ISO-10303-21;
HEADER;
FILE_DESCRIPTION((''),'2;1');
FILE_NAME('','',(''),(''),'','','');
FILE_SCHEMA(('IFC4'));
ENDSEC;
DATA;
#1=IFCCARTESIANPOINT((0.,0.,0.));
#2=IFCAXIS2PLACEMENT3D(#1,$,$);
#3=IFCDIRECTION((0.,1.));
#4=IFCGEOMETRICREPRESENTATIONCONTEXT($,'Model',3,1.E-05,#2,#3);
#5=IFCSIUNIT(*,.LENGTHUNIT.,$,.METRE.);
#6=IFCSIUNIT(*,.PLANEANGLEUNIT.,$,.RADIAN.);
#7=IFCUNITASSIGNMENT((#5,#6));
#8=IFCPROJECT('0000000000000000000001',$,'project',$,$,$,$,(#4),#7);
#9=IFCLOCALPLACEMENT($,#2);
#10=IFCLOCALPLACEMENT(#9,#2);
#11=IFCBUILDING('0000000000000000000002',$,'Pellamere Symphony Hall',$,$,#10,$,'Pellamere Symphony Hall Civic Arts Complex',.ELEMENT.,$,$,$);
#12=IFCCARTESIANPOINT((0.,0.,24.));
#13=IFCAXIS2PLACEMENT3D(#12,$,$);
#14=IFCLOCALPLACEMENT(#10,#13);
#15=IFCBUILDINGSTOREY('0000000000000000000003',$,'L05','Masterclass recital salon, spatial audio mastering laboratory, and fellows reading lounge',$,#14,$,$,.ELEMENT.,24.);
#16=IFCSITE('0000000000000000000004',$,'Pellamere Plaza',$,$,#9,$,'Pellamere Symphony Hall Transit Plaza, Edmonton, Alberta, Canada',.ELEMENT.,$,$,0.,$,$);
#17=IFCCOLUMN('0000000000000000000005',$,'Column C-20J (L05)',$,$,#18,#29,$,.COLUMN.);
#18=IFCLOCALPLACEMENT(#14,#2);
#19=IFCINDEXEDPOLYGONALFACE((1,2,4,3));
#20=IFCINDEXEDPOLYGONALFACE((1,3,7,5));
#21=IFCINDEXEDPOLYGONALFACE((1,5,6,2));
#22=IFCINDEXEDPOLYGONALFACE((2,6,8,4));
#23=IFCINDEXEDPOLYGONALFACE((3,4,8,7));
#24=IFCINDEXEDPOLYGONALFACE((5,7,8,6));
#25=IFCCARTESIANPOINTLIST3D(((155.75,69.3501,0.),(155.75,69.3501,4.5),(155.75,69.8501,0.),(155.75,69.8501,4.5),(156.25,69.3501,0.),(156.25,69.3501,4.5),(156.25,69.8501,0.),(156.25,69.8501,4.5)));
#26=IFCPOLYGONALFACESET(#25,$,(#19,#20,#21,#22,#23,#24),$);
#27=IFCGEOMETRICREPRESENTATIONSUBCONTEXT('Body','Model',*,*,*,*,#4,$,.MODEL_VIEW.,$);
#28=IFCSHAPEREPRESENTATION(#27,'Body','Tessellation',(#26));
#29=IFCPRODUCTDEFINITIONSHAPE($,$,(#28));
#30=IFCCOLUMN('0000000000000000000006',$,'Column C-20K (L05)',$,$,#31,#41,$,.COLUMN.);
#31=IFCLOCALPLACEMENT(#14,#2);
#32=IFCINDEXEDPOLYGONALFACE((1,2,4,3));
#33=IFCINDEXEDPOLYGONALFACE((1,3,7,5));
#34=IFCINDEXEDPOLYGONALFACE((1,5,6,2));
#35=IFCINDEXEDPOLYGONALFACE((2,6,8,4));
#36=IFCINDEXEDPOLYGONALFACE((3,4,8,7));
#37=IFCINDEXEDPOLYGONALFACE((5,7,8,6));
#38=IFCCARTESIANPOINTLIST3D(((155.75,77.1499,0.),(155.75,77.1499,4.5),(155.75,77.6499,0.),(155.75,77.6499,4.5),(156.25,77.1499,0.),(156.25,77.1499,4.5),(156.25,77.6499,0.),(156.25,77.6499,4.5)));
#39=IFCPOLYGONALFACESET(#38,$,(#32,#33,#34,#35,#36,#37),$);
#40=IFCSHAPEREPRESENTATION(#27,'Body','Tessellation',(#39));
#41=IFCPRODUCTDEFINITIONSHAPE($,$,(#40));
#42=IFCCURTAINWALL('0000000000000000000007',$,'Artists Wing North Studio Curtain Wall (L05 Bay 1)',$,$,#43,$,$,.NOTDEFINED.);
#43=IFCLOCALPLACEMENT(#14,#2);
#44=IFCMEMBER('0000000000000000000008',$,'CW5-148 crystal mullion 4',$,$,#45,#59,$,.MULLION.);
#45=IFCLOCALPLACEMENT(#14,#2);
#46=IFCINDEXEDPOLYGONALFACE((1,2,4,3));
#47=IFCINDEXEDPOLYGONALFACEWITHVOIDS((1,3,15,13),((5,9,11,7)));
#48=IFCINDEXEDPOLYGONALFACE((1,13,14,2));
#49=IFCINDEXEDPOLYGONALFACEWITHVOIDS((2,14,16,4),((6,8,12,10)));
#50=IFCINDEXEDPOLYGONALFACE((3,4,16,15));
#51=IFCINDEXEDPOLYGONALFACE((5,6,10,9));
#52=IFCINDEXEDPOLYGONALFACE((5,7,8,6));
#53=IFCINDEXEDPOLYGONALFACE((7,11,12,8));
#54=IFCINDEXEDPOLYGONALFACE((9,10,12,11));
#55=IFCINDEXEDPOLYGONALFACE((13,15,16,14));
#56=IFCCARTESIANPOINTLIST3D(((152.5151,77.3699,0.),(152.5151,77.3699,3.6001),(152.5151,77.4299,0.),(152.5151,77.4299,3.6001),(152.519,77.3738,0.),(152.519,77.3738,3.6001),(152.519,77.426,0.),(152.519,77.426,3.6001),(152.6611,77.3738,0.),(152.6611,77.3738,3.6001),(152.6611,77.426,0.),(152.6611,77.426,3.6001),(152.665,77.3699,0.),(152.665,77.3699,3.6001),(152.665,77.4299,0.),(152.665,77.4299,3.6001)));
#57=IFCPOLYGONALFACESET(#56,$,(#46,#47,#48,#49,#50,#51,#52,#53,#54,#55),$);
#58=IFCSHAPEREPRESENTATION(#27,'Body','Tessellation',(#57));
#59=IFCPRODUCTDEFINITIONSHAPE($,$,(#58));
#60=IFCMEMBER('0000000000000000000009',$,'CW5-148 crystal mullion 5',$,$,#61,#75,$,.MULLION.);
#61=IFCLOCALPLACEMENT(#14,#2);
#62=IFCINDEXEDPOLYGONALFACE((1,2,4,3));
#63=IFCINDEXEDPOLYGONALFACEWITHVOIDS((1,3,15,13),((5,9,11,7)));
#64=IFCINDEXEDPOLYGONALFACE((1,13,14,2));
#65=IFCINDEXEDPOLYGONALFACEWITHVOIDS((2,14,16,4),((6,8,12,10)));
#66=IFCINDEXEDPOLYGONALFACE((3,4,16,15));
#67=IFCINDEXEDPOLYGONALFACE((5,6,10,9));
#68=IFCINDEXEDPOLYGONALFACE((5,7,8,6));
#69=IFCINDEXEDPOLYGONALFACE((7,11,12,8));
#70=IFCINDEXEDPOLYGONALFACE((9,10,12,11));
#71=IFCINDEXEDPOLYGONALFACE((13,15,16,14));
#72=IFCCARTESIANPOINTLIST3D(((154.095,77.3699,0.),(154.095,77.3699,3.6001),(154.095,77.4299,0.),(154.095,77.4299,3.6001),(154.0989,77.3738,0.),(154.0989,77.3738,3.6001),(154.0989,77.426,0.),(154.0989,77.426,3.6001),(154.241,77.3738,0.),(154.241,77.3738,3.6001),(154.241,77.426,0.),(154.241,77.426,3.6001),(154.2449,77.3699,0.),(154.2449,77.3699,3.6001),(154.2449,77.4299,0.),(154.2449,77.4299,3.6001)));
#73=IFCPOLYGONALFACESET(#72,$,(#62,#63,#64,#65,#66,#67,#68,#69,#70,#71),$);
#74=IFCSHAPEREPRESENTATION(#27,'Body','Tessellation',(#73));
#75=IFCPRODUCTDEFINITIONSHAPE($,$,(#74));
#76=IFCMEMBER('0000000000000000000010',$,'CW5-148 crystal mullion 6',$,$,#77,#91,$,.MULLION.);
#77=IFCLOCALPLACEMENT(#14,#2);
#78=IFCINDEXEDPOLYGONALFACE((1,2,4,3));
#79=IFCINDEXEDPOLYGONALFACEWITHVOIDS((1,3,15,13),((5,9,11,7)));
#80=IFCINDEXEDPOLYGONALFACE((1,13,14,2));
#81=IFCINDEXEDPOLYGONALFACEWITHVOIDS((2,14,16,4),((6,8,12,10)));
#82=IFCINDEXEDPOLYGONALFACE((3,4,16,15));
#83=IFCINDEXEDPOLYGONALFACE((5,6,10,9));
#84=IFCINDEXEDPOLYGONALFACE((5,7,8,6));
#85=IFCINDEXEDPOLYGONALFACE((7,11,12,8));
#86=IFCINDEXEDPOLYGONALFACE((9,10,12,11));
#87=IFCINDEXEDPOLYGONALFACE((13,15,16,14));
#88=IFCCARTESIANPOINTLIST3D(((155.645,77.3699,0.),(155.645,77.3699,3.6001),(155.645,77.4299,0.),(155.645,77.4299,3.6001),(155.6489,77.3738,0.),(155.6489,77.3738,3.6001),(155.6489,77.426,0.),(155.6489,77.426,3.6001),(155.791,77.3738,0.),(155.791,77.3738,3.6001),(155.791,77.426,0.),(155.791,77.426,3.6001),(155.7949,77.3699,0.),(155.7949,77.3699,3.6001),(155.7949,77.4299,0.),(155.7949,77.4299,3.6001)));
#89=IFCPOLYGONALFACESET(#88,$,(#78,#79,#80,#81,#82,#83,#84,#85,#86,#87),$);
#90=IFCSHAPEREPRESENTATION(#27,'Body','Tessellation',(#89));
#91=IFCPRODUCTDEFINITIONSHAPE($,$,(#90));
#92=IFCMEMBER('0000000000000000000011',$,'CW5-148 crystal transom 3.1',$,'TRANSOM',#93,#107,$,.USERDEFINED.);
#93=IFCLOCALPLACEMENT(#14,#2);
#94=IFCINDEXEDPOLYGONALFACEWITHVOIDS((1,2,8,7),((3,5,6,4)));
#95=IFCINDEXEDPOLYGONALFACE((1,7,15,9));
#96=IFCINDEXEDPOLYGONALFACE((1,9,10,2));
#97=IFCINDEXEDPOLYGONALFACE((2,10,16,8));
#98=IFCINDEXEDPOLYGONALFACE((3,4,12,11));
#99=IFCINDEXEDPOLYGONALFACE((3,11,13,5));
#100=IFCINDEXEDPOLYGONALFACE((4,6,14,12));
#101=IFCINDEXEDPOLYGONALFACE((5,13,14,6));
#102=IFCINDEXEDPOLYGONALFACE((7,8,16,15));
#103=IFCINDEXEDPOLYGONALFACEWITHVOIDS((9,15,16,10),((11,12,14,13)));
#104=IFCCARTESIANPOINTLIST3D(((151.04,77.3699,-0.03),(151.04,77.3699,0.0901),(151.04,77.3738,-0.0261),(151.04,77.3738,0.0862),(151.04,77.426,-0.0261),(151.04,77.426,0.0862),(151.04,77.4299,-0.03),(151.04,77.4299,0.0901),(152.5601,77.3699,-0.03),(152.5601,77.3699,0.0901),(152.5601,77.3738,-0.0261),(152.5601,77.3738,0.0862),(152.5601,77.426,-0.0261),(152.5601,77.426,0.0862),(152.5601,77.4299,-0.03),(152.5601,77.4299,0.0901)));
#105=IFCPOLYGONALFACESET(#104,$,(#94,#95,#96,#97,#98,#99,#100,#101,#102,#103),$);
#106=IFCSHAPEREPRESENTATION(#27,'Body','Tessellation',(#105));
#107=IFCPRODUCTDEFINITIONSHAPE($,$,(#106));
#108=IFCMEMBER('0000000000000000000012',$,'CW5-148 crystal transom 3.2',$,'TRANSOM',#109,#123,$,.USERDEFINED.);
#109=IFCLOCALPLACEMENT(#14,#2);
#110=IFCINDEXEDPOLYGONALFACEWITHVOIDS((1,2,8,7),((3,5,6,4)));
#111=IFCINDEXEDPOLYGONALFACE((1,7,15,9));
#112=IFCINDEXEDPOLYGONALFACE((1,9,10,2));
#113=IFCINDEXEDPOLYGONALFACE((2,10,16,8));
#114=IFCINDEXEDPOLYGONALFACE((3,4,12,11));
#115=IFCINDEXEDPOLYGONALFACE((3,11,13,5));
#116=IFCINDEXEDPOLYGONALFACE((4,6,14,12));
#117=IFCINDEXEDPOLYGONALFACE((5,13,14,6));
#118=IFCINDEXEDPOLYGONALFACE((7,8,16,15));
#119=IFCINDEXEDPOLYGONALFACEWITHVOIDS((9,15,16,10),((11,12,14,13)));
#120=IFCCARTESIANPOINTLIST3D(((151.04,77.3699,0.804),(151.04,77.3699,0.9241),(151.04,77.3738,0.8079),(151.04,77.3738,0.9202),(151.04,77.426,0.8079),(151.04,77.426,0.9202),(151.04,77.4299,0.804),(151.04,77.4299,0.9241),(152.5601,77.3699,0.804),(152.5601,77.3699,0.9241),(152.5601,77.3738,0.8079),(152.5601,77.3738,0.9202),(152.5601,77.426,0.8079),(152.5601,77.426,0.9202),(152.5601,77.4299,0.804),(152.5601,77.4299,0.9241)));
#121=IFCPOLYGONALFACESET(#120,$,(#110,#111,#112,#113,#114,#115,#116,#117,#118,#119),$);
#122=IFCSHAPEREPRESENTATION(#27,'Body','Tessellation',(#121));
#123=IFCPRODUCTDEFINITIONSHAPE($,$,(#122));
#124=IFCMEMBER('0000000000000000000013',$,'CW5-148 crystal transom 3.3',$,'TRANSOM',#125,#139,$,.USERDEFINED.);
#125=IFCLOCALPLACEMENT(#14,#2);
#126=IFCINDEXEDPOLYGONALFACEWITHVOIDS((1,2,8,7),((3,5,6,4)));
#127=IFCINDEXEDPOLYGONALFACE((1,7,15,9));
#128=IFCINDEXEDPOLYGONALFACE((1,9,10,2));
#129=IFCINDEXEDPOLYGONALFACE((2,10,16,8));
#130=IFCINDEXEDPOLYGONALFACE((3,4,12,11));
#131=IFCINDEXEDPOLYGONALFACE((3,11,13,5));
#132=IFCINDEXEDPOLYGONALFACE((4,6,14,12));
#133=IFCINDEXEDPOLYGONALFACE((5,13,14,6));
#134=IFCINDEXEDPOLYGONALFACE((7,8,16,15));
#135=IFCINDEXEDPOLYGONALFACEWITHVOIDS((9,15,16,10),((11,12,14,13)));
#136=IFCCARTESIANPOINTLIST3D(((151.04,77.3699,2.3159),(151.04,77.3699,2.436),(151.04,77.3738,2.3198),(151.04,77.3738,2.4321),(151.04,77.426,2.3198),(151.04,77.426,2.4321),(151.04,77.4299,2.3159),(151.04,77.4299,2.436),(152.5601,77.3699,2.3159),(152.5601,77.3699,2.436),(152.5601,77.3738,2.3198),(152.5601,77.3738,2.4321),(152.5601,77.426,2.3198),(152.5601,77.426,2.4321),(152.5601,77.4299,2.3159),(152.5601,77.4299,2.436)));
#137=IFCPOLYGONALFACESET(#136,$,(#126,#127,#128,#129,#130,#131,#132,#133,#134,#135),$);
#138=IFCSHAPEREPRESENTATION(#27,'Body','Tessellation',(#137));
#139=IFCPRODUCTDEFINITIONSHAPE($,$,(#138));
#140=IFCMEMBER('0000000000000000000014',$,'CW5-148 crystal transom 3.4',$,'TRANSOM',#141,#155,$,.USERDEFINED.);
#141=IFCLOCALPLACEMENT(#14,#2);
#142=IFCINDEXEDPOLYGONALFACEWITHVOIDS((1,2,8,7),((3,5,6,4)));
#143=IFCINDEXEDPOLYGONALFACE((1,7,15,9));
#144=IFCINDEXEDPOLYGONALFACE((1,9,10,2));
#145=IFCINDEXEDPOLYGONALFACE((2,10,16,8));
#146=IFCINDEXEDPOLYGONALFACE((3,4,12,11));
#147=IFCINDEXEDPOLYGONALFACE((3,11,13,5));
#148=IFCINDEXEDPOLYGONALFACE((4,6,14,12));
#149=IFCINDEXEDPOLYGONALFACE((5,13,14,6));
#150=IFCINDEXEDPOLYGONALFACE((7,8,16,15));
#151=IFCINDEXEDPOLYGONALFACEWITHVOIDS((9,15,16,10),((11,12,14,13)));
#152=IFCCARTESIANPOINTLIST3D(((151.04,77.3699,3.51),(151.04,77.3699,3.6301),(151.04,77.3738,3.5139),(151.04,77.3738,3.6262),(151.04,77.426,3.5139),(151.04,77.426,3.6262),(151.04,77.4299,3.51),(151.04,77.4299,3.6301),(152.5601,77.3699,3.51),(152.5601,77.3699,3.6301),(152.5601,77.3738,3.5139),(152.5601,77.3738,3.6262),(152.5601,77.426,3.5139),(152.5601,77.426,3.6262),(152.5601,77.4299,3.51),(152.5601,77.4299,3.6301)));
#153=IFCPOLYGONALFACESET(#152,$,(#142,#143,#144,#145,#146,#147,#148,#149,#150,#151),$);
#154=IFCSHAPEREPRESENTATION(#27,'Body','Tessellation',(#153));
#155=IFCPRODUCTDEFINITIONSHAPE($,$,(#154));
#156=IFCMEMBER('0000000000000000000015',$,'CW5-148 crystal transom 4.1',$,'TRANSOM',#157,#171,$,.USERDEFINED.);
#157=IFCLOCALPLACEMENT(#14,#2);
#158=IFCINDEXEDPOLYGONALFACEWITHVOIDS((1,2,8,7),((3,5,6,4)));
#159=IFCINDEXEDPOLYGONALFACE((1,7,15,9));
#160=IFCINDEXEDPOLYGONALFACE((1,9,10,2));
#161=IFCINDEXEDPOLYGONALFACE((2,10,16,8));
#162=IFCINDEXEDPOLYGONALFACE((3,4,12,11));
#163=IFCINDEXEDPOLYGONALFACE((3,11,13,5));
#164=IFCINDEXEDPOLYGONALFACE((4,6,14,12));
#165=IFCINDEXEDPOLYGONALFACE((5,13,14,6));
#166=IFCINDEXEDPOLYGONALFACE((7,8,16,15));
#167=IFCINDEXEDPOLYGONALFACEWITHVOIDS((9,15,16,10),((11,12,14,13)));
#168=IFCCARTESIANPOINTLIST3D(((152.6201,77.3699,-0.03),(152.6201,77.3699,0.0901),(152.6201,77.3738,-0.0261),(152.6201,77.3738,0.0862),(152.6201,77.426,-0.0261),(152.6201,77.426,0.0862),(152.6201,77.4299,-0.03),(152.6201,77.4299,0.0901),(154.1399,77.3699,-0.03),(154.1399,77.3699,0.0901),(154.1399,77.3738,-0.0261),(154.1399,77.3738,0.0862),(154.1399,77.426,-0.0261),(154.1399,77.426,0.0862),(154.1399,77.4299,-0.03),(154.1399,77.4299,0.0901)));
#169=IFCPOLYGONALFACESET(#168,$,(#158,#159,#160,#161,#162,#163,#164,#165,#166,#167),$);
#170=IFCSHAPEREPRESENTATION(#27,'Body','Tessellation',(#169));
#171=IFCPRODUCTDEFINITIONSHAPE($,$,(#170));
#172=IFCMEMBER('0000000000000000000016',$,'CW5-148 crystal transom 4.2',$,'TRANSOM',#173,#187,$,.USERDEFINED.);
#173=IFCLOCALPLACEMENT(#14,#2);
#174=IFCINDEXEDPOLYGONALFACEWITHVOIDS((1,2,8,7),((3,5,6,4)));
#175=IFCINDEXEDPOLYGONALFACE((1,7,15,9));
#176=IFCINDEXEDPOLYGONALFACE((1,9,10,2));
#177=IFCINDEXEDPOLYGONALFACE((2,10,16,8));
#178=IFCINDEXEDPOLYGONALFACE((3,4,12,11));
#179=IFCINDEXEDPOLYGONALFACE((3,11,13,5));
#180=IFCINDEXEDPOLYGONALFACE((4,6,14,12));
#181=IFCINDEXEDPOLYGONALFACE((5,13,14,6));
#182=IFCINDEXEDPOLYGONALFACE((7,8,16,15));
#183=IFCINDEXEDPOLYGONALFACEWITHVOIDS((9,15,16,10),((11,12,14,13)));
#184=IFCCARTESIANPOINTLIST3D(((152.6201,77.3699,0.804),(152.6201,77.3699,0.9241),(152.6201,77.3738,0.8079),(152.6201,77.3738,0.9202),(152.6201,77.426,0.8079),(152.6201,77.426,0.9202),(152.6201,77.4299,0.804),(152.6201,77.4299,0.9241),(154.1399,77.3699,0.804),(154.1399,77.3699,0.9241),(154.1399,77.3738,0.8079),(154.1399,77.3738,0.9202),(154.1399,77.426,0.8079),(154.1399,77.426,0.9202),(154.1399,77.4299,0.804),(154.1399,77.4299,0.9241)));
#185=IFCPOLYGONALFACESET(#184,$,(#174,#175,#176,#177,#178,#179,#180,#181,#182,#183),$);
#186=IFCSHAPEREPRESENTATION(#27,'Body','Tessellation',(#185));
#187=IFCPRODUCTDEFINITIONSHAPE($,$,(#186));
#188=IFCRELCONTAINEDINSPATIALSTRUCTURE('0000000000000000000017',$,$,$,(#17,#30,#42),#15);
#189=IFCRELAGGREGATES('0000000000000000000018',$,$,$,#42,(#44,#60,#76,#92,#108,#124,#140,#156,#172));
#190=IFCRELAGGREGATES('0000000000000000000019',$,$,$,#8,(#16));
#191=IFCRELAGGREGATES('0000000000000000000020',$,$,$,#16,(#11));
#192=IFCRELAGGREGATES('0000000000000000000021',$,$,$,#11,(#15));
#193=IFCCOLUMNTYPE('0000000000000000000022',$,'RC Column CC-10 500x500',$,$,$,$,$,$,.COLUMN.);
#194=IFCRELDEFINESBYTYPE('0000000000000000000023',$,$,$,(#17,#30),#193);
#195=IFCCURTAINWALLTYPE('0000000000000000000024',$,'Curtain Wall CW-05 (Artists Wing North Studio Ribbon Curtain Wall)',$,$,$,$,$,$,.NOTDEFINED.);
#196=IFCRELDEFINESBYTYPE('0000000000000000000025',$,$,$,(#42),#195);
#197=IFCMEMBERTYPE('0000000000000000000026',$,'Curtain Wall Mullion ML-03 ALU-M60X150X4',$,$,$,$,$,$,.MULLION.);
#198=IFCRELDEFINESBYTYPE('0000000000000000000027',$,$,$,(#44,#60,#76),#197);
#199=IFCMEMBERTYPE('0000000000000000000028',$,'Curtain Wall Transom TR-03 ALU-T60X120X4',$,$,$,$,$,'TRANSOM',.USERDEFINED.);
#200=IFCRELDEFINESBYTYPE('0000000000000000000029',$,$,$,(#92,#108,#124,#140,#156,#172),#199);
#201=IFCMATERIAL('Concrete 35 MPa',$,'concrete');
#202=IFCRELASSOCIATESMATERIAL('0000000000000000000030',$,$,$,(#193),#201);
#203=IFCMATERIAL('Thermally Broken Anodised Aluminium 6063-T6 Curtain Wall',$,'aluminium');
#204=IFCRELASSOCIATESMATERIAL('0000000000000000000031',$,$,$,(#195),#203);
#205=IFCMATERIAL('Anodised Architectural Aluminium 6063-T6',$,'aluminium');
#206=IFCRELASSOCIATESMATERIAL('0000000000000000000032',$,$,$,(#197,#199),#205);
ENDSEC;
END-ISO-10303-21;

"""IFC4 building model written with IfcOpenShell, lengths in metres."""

from ifc_helpers import new_model, si_unit, direction, frame, origin, origin_2d, place, context, subcontext, project, spatial, rectangle, hollow_rectangle, extrude, material, material_profile, profile_set, type_object, element, aggregate, save


model = new_model("IFC4")

# Units and contexts
model_context = context("Model", 3, precision=1e-05, world=origin(), true_north=direction((0.0, 1.0)))
body_context = subcontext(model_context, "Body", "Model", "MODEL_VIEW")
ifc_project = project(units=[si_unit("LENGTHUNIT", "METRE"), si_unit("PLANEANGLEUNIT", "RADIAN")], contexts=[model_context])

# Site, building, storey
site_placement = place(None, origin())
site = spatial("IfcSite", under=ifc_project, at=site_placement, Name="Pellamere Plaza", LongName="Pellamere Symphony Hall Transit Plaza, Edmonton, Alberta, Canada", CompositionType="ELEMENT", RefElevation=0.0)
building_placement = place(site_placement, origin())
building = spatial("IfcBuilding", under=site, at=building_placement, Name="Pellamere Symphony Hall", LongName="Pellamere Symphony Hall Civic Arts Complex", CompositionType="ELEMENT")
storey_placement = place(building_placement, frame((0.0, 0.0, 24.0)))
storey = spatial("IfcBuildingStorey", under=building, at=storey_placement, Name="L05", Description="Masterclass recital salon, spatial audio mastering laboratory, and fellows reading lounge", CompositionType="ELEMENT", Elevation=24.0)

# Columns
ifc_material_1 = material(Name="Concrete 35 MPa", Category="concrete")
ifc_material_profile_1 = material_profile(ifc_material_1, rectangle(XDim=0.5, YDim=0.5, at=origin_2d()), Name="RC 500x500")
ifc_profile_set_1 = profile_set([ifc_material_profile_1], Name="Concrete 35 MPa")
column_type = type_object("IfcColumnType", Name="RC Column CC-10 500x500", PredefinedType="COLUMN", material=ifc_profile_set_1)
for number, where, z_axis, x_axis, name in (
    (1, (156.0, 69.6001, 0.0), (0.0, 0.0, 1.0), (1.0, 0.0, 0.0), "Column C-20J (L05)"),
    (2, (156.0, 77.3999, 0.0), (0.0, 0.0, 1.0), (1.0, 0.0, 0.0), "Column C-20K (L05)"),
):
    element("IfcColumn", number, at=place(storey_placement, frame(where, z_axis=z_axis, x_axis=x_axis)), inside=storey, type_object=column_type, Name=name, PredefinedType="COLUMN", context=body_context, shape_type="SweptSolid", body=[
        extrude(rectangle(XDim=0.5, YDim=0.5, at=origin_2d()), origin(), (0.0, 0.0, 1.0), 4.5),
    ])

# Curtain wall, members
ifc_material_2 = material(Name="Thermally Broken Anodised Aluminium 6063-T6 Curtain Wall", Category="aluminium")
curtain_wall_type = type_object("IfcCurtainWallType", Name="Curtain Wall CW-05 (Artists Wing North Studio Ribbon Curtain Wall)", PredefinedType="NOTDEFINED", material=ifc_material_2)
curtain_wall_placement = place(storey_placement, origin())
curtain_wall = element("IfcCurtainWall", 3, at=curtain_wall_placement, inside=storey, type_object=curtain_wall_type, Name="Artists Wing North Studio Curtain Wall (L05 Bay 1)", PredefinedType="NOTDEFINED")
ifc_material_3 = material(Name="Anodised Architectural Aluminium 6063-T6", Category="aluminium")
ifc_material_profile_2 = material_profile(ifc_material_3, hollow_rectangle(XDim=0.0601, YDim=0.1499, WallThickness=0.0039, at=origin_2d()), Name="ALU-M60X150X4")
ifc_profile_set_2 = profile_set([ifc_material_profile_2], Name="Anodised Architectural Aluminium 6063-T6")
member_type_1 = type_object("IfcMemberType", Name="Curtain Wall Mullion ML-03 ALU-M60X150X4", PredefinedType="MULLION", material=ifc_profile_set_2)
member_1_placement = place(storey_placement, frame((152.5901, 77.3999, 0.0), z_axis=(0.0, 0.0, 1.0), x_axis=(0.0, 1.0, 0.0)))
member_1 = element("IfcMember", 4, at=member_1_placement, type_object=member_type_1, Name="CW5-148 crystal mullion 4", PredefinedType="MULLION", context=body_context, shape_type="SweptSolid", body=[
    extrude(hollow_rectangle(XDim=0.0601, YDim=0.1499, WallThickness=0.0039, at=origin_2d()), origin(), (0.0, 0.0, 1.0), 3.6001),
])
member_2_placement = place(storey_placement, frame((154.1699, 77.3999, 0.0), z_axis=(0.0, 0.0, 1.0), x_axis=(0.0, 1.0, 0.0)))
member_2 = element("IfcMember", 5, at=member_2_placement, type_object=member_type_1, Name="CW5-148 crystal mullion 5", PredefinedType="MULLION", context=body_context, shape_type="SweptSolid", body=[
    extrude(hollow_rectangle(XDim=0.0601, YDim=0.1499, WallThickness=0.0039, at=origin_2d()), origin(), (0.0, 0.0, 1.0), 3.6001),
])
member_3_placement = place(storey_placement, frame((155.72, 77.3999, 0.0), z_axis=(0.0, 0.0, 1.0), x_axis=(0.0, 1.0, 0.0)))
member_3 = element("IfcMember", 6, at=member_3_placement, type_object=member_type_1, Name="CW5-148 crystal mullion 6", PredefinedType="MULLION", context=body_context, shape_type="SweptSolid", body=[
    extrude(hollow_rectangle(XDim=0.0601, YDim=0.1499, WallThickness=0.0039, at=origin_2d()), origin(), (0.0, 0.0, 1.0), 3.6001),
])
ifc_material_profile_3 = material_profile(ifc_material_3, hollow_rectangle(XDim=0.0601, YDim=0.1201, WallThickness=0.0039, at=origin_2d()), Name="ALU-T60X120X4")
ifc_profile_set_3 = profile_set([ifc_material_profile_3], Name="Anodised Architectural Aluminium 6063-T6")
member_type_2 = type_object("IfcMemberType", Name="Curtain Wall Transom TR-03 ALU-T60X120X4", ElementType="TRANSOM", PredefinedType="USERDEFINED", material=ifc_profile_set_3)
member_4_placement = place(storey_placement, frame((151.04, 77.3999, 0.03), z_axis=(1.0, 0.0, 0.0), x_axis=(0.0, 1.0, 0.0)))
member_4 = element("IfcMember", 7, at=member_4_placement, type_object=member_type_2, Name="CW5-148 crystal transom 3.1", ObjectType="TRANSOM", PredefinedType="USERDEFINED", context=body_context, shape_type="SweptSolid", body=[
    extrude(hollow_rectangle(XDim=0.0601, YDim=0.1201, WallThickness=0.0039, at=origin_2d()), origin(), (0.0, 0.0, 1.0), 1.52),
])
member_5_placement = place(storey_placement, frame((151.04, 77.3999, 0.864), z_axis=(1.0, 0.0, 0.0), x_axis=(0.0, 1.0, 0.0)))
member_5 = element("IfcMember", 8, at=member_5_placement, type_object=member_type_2, Name="CW5-148 crystal transom 3.2", ObjectType="TRANSOM", PredefinedType="USERDEFINED", context=body_context, shape_type="SweptSolid", body=[
    extrude(hollow_rectangle(XDim=0.0601, YDim=0.1201, WallThickness=0.0039, at=origin_2d()), origin(), (0.0, 0.0, 1.0), 1.52),
])
member_6_placement = place(storey_placement, frame((151.04, 77.3999, 2.376), z_axis=(1.0, 0.0, 0.0), x_axis=(0.0, 1.0, 0.0)))
member_6 = element("IfcMember", 9, at=member_6_placement, type_object=member_type_2, Name="CW5-148 crystal transom 3.3", ObjectType="TRANSOM", PredefinedType="USERDEFINED", context=body_context, shape_type="SweptSolid", body=[
    extrude(hollow_rectangle(XDim=0.0601, YDim=0.1201, WallThickness=0.0039, at=origin_2d()), origin(), (0.0, 0.0, 1.0), 1.52),
])
member_7_placement = place(storey_placement, frame((151.04, 77.3999, 3.5701), z_axis=(1.0, 0.0, 0.0), x_axis=(0.0, 1.0, 0.0)))
member_7 = element("IfcMember", 10, at=member_7_placement, type_object=member_type_2, Name="CW5-148 crystal transom 3.4", ObjectType="TRANSOM", PredefinedType="USERDEFINED", context=body_context, shape_type="SweptSolid", body=[
    extrude(hollow_rectangle(XDim=0.0601, YDim=0.1201, WallThickness=0.0039, at=origin_2d()), origin(), (0.0, 0.0, 1.0), 1.52),
])
member_8_placement = place(storey_placement, frame((152.6201, 77.3999, 0.03), z_axis=(1.0, 0.0, 0.0), x_axis=(0.0, 1.0, 0.0)))
member_8 = element("IfcMember", 11, at=member_8_placement, type_object=member_type_2, Name="CW5-148 crystal transom 4.1", ObjectType="TRANSOM", PredefinedType="USERDEFINED", context=body_context, shape_type="SweptSolid", body=[
    extrude(hollow_rectangle(XDim=0.0601, YDim=0.1201, WallThickness=0.0039, at=origin_2d()), origin(), (0.0, 0.0, 1.0), 1.5198),
])
member_9_placement = place(storey_placement, frame((152.6201, 77.3999, 0.864), z_axis=(1.0, 0.0, 0.0), x_axis=(0.0, 1.0, 0.0)))
member_9 = element("IfcMember", 12, at=member_9_placement, type_object=member_type_2, Name="CW5-148 crystal transom 4.2", ObjectType="TRANSOM", PredefinedType="USERDEFINED", context=body_context, shape_type="SweptSolid", body=[
    extrude(hollow_rectangle(XDim=0.0601, YDim=0.1201, WallThickness=0.0039, at=origin_2d()), origin(), (0.0, 0.0, 1.0), 1.5198),
])

aggregate(curtain_wall, [member_1, member_2, member_3, member_4, member_5, member_6, member_7, member_8, member_9])

save(model, "model.ifc")
